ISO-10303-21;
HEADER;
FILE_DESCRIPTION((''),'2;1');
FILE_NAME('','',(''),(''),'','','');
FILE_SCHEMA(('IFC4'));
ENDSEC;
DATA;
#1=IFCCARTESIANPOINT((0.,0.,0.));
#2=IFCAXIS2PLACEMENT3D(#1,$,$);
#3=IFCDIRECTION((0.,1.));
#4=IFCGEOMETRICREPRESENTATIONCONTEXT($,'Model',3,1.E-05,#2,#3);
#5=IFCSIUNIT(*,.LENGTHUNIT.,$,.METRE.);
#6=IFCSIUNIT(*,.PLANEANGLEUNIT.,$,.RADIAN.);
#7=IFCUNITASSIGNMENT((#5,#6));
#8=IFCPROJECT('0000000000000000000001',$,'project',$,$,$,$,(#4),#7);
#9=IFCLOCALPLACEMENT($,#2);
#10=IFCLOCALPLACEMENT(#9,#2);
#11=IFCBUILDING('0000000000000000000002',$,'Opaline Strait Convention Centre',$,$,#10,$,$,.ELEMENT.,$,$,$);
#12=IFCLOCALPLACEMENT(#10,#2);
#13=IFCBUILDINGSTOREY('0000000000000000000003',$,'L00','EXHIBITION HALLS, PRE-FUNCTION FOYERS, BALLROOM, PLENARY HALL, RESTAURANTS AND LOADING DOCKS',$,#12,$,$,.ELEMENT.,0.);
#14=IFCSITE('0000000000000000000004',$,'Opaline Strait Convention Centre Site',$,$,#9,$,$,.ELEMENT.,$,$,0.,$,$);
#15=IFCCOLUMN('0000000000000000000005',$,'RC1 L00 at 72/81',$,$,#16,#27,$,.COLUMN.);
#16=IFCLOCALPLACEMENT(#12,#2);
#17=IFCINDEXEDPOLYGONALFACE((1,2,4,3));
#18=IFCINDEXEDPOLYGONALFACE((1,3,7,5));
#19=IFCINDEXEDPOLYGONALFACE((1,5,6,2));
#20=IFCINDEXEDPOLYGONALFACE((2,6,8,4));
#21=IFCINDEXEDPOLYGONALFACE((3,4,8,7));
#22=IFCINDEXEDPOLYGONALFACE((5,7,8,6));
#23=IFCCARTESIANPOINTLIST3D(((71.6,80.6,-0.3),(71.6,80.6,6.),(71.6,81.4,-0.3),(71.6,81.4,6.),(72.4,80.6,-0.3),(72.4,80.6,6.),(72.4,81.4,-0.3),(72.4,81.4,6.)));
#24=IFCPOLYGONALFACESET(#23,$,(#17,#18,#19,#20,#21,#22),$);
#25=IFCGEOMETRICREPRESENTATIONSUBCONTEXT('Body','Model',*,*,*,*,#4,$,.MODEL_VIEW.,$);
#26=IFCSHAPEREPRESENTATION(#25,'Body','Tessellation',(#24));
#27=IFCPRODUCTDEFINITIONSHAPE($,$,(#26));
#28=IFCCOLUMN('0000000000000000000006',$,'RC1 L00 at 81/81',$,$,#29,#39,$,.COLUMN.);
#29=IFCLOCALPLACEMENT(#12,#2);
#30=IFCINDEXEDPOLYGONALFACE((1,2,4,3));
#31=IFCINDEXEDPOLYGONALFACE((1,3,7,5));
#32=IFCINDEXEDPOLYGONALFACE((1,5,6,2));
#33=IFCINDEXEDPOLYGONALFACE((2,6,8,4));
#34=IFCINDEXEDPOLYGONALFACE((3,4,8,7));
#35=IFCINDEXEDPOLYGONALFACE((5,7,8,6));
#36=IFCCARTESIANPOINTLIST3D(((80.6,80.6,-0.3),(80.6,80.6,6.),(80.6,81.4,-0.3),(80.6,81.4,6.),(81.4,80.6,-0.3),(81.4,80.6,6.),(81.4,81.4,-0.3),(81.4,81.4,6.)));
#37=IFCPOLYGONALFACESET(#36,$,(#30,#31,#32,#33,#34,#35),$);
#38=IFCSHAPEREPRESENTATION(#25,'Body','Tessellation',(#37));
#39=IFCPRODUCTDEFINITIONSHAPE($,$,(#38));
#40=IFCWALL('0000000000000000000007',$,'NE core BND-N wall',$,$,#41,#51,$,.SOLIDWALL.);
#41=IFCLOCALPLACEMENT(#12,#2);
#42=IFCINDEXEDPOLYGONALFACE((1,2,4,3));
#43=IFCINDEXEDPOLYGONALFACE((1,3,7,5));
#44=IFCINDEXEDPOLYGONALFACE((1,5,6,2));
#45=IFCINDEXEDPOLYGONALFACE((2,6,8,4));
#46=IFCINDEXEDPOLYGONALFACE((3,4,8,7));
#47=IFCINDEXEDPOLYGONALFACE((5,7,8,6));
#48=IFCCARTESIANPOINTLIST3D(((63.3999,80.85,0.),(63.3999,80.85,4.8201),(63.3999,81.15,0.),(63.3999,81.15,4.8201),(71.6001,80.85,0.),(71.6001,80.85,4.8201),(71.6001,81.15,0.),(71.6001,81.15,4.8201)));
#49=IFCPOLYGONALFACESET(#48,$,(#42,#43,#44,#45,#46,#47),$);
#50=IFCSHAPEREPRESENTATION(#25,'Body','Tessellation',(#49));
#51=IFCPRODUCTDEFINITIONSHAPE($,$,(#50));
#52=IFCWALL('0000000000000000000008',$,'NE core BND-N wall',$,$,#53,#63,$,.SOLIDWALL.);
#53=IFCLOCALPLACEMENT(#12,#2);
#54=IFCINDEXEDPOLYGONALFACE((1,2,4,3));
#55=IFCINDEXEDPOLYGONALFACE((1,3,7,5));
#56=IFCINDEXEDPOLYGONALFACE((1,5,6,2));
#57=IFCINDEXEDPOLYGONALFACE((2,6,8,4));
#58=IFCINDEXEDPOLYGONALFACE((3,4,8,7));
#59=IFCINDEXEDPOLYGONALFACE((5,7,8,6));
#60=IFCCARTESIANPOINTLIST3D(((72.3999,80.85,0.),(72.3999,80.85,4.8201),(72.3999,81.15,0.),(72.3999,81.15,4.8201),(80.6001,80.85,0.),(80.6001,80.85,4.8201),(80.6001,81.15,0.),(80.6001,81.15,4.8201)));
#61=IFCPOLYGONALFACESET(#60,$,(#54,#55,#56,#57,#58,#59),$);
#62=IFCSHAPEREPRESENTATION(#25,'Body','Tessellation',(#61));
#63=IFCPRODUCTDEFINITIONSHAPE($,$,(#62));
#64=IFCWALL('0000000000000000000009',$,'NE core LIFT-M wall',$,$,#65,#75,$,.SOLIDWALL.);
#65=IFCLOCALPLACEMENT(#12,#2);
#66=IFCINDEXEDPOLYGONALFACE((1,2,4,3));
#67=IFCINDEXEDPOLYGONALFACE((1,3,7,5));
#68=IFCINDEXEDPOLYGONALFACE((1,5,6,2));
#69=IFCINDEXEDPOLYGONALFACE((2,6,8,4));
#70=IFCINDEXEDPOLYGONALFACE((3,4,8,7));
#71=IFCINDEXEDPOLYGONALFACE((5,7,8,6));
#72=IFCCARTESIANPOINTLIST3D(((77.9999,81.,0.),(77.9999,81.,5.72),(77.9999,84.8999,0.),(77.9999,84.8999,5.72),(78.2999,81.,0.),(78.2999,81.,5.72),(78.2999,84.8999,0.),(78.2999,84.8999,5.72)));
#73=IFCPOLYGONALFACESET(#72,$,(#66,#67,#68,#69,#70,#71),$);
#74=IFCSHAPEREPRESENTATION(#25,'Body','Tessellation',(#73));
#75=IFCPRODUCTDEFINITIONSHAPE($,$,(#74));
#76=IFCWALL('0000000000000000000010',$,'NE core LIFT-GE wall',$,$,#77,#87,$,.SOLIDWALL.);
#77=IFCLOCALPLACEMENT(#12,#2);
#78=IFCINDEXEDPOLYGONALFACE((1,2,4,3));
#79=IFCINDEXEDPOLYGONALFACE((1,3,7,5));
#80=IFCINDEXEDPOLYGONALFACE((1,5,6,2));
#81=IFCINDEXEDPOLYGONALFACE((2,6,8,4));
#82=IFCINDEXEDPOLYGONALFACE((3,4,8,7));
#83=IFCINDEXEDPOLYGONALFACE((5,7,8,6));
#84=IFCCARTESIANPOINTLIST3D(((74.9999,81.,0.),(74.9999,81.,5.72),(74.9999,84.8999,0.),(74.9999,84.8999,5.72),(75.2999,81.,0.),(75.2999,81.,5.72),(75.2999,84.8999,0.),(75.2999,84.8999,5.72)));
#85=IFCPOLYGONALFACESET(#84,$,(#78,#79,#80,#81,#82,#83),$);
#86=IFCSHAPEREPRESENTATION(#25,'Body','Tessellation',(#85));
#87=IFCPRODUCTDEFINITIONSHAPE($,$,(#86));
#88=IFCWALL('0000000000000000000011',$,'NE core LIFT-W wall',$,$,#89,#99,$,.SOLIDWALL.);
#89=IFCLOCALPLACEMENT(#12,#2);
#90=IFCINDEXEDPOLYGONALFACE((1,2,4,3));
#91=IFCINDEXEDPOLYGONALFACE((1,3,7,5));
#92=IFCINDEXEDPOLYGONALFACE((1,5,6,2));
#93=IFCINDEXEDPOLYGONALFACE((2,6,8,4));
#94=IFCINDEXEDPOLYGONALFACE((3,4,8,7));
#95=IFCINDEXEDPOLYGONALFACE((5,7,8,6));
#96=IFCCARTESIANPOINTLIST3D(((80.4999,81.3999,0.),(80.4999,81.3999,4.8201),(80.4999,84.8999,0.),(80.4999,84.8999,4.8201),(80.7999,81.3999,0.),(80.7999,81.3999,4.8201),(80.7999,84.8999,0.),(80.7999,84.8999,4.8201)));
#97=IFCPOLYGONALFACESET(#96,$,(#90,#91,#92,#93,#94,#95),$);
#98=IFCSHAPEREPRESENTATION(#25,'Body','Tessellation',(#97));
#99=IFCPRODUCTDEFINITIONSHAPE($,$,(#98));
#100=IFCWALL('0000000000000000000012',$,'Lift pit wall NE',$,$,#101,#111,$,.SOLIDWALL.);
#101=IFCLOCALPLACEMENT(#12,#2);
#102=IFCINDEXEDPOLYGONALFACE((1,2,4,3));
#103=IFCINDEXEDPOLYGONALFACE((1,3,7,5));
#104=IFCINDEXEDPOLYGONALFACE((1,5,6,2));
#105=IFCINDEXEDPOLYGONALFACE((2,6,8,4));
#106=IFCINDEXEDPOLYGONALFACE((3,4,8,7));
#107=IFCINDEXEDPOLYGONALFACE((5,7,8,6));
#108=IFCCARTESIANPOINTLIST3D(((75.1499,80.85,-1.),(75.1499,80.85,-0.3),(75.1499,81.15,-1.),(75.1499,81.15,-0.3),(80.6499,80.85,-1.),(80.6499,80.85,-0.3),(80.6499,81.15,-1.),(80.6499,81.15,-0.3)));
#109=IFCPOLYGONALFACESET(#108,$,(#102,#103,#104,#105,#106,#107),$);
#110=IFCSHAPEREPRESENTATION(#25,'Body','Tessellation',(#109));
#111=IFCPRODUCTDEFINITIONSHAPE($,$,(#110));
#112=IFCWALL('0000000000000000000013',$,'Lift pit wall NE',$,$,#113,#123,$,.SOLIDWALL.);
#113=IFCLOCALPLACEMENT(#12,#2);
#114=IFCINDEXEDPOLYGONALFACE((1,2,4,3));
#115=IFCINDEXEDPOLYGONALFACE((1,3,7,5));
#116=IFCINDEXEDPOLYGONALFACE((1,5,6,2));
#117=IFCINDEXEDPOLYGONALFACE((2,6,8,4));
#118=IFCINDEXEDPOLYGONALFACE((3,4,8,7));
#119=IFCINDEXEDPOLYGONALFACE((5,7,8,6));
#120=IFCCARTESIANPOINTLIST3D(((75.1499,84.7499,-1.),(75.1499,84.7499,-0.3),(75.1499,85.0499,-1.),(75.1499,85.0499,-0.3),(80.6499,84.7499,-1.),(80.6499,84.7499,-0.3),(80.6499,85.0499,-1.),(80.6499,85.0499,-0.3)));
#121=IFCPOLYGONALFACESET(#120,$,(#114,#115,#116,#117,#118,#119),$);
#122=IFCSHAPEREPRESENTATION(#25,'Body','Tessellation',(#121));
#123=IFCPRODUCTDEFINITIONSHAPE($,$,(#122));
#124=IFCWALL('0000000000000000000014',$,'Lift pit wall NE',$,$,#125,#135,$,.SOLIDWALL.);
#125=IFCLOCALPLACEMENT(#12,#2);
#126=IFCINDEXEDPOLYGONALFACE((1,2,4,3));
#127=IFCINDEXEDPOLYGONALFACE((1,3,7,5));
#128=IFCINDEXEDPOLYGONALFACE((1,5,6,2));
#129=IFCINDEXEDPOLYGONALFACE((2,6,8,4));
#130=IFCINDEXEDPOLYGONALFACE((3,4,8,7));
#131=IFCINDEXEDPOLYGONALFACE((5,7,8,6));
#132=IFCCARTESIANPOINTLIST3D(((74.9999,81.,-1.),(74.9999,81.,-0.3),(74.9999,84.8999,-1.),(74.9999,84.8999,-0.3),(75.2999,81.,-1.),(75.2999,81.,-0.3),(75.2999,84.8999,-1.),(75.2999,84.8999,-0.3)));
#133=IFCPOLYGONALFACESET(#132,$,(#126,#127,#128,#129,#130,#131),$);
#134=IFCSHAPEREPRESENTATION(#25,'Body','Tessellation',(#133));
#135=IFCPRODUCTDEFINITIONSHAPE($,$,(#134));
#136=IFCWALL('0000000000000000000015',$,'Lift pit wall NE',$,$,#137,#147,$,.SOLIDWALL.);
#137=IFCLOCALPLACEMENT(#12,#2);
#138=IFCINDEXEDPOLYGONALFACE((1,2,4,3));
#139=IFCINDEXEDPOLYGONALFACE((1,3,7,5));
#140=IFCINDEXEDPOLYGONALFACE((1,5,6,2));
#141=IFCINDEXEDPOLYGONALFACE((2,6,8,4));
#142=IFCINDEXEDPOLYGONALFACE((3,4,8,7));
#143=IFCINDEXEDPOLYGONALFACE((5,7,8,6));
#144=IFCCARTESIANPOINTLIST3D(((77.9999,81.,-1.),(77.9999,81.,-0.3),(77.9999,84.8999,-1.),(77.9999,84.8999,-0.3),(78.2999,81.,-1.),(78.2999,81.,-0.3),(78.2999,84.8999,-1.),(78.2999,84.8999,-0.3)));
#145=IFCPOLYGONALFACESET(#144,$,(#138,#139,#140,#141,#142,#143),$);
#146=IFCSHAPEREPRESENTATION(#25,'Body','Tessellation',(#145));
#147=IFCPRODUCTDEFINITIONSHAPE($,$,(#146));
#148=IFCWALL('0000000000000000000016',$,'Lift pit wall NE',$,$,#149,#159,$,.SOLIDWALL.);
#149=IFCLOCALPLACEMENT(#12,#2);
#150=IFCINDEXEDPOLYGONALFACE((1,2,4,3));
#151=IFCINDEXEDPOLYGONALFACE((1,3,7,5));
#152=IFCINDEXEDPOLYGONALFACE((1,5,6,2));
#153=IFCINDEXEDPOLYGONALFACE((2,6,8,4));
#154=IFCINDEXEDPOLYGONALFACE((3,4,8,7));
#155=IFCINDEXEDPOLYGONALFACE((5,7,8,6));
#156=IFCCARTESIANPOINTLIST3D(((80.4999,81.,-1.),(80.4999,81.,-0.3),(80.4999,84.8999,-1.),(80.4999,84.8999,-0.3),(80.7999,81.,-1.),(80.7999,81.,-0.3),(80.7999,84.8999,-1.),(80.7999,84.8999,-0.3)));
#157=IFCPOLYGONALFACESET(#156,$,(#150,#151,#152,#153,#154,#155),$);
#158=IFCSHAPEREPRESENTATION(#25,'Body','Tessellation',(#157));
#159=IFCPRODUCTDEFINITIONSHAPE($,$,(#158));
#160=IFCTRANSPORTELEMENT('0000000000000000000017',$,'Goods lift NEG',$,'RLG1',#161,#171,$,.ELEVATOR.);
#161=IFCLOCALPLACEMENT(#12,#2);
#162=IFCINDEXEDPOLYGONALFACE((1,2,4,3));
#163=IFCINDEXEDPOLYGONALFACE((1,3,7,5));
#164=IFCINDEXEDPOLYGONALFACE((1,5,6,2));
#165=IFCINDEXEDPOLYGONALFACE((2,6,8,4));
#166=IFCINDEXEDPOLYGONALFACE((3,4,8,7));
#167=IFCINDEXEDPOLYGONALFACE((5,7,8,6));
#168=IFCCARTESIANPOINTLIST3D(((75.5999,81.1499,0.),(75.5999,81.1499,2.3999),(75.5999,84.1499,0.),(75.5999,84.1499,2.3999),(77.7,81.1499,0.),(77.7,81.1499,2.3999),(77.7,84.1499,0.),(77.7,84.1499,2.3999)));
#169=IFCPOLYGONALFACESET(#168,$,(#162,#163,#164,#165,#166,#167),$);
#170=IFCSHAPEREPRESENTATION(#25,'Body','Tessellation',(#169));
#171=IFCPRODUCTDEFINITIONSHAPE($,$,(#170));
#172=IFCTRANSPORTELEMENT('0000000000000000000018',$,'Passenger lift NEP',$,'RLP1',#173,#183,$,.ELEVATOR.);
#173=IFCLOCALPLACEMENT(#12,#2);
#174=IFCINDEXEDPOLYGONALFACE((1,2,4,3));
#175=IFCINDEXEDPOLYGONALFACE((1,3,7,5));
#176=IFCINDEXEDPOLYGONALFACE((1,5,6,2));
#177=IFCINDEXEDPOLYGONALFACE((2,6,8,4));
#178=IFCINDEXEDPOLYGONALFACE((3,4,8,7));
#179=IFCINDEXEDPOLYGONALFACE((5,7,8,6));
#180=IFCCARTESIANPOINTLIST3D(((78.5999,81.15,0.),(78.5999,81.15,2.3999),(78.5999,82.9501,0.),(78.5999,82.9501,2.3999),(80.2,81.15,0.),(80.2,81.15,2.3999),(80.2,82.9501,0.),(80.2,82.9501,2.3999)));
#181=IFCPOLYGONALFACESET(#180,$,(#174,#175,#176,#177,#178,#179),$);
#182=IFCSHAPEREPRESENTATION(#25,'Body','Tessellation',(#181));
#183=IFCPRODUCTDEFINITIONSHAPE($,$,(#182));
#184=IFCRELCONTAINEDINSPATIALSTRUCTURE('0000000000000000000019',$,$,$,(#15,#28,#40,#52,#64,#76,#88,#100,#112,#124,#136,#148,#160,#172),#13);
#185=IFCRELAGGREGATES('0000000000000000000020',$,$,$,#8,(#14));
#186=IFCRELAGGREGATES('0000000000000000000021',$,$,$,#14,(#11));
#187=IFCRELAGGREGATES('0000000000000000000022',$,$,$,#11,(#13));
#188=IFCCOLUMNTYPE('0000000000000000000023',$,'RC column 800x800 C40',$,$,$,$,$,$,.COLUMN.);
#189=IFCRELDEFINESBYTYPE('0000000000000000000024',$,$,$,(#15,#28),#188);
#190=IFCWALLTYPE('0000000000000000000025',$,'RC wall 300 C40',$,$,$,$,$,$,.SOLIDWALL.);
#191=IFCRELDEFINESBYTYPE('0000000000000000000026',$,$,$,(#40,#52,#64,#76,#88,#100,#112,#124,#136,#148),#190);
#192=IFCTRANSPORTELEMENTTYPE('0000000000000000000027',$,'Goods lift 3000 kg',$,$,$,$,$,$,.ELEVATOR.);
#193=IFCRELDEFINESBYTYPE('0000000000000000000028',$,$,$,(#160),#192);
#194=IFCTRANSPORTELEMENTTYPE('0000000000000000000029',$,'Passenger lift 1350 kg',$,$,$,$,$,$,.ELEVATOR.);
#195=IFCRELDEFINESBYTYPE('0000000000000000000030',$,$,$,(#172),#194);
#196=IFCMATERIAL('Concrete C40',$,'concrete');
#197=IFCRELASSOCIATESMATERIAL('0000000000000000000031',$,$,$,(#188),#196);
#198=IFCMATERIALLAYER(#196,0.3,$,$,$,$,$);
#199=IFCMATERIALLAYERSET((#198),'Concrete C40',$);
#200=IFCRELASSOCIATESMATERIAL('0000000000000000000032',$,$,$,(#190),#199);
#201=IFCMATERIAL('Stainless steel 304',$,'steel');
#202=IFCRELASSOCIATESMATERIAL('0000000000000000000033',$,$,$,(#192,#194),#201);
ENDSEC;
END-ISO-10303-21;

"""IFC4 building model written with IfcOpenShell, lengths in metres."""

from ifc_helpers import new_model, si_unit, direction, frame, frame_2d, origin, origin_2d, place, context, subcontext, project, spatial, rectangle, extrude, material, layer, layer_set, material_profile, profile_set, type_object, element, save


model = new_model("IFC4")

# Units and contexts
model_context = context("Model", 3, precision=1e-05, world=origin(), true_north=direction((0.0, 1.0)))
body_context = subcontext(model_context, "Body", "Model", "MODEL_VIEW")
ifc_project = project(units=[si_unit("LENGTHUNIT", "METRE"), si_unit("PLANEANGLEUNIT", "RADIAN")], contexts=[model_context])

# Site, building, storey
site_placement = place(None, origin())
site = spatial("IfcSite", under=ifc_project, at=site_placement, Name="Opaline Strait Convention Centre Site", CompositionType="ELEMENT", RefElevation=0.0)
building_placement = place(site_placement, origin())
building = spatial("IfcBuilding", under=site, at=building_placement, Name="Opaline Strait Convention Centre", CompositionType="ELEMENT")
storey_placement = place(building_placement, origin())
storey = spatial("IfcBuildingStorey", under=building, at=storey_placement, Name="L00", Description="EXHIBITION HALLS, PRE-FUNCTION FOYERS, BALLROOM, PLENARY HALL, RESTAURANTS AND LOADING DOCKS", CompositionType="ELEMENT", Elevation=0.0)

# Columns
ifc_material_1 = material(Name="Concrete C40", Category="concrete")
ifc_material_profile_1 = material_profile(ifc_material_1, rectangle(XDim=0.8, YDim=0.8, at=origin_2d()), Name="RC 800x800")
ifc_profile_set_1 = profile_set([ifc_material_profile_1], Name="Concrete C40")
column_type = type_object("IfcColumnType", Name="RC column 800x800 C40", PredefinedType="COLUMN", material=ifc_profile_set_1)
for number, where, z_axis, x_axis, name in (
    (1, (72.0, 81.0, -0.3), (0.0, 0.0, 1.0), (1.0, 0.0, 0.0), "RC1 L00 at 72/81"),
    (2, (81.0, 81.0, -0.3), (0.0, 0.0, 1.0), (1.0, 0.0, 0.0), "RC1 L00 at 81/81"),
):
    element("IfcColumn", number, at=place(storey_placement, frame(where, z_axis=z_axis, x_axis=x_axis)), inside=storey, type_object=column_type, Name=name, PredefinedType="COLUMN", context=body_context, shape_type="SweptSolid", body=[
        extrude(rectangle(XDim=0.8, YDim=0.8, at=origin_2d()), origin(), (0.0, 0.0, 1.0), 6.3),
    ])

# Walls
ifc_layer_1 = layer(ifc_material_1, 0.3)
ifc_layer_set_1 = layer_set([ifc_layer_1], Name="Concrete C40")
wall_type_1 = type_object("IfcWallType", Name="RC wall 300 C40", PredefinedType="SOLIDWALL", material=ifc_layer_set_1)
for number, where, z_axis, x_axis, name in (
    (3, (71.6001, 81.0, 0.0), (0.0, 0.0, 1.0), (-1.0, 0.0, 0.0), "NE core BND-N wall"),
    (4, (80.6001, 81.0, 0.0), (0.0, 0.0, 1.0), (-1.0, 0.0, 0.0), "NE core BND-N wall"),
):
    element("IfcWall", number, at=place(storey_placement, frame(where, z_axis=z_axis, x_axis=x_axis)), inside=storey, type_object=wall_type_1, Name=name, PredefinedType="SOLIDWALL", context=body_context, shape_type="SweptSolid", body=[
        extrude(rectangle(XDim=8.2002, YDim=0.3, at=frame_2d((4.1001, 0.0))), origin(), (0.0, 0.0, 1.0), 4.8201),
    ])

# Walls
for number, where, z_axis, x_axis, name in (
    (5, (78.1499, 84.8999, 0.0), (0.0, 0.0, 1.0), (0.0, -1.0, 0.0), "NE core LIFT-M wall"),
    (6, (75.1499, 84.8999, 0.0), (0.0, 0.0, 1.0), (0.0, -1.0, 0.0), "NE core LIFT-GE wall"),
):
    element("IfcWall", number, at=place(storey_placement, frame(where, z_axis=z_axis, x_axis=x_axis)), inside=storey, type_object=wall_type_1, Name=name, PredefinedType="SOLIDWALL", context=body_context, shape_type="SweptSolid", body=[
        extrude(rectangle(XDim=3.8999, YDim=0.3, at=frame_2d((1.95, 0.0))), origin(), (0.0, 0.0, 1.0), 5.72),
    ])
wall_1_placement = place(storey_placement, frame((80.6499, 84.8999, 0.0), z_axis=(0.0, 0.0, 1.0), x_axis=(0.0, -1.0, 0.0)))
element("IfcWall", 7, at=wall_1_placement, inside=storey, type_object=wall_type_1, Name="NE core LIFT-W wall", PredefinedType="SOLIDWALL", context=body_context, shape_type="SweptSolid", body=[
    extrude(rectangle(XDim=3.5, YDim=0.3, at=frame_2d((1.75, 0.0))), origin(), (0.0, 0.0, 1.0), 4.8201),
])
for number, where, z_axis, x_axis, name in (
    (8, (75.1499, 81.0, -1.0), (0.0, 0.0, 1.0), (1.0, 0.0, 0.0), "Lift pit wall NE"),
    (9, (75.1499, 84.8999, -1.0), (0.0, 0.0, 1.0), (1.0, 0.0, 0.0), "Lift pit wall NE"),
):
    element("IfcWall", number, at=place(storey_placement, frame(where, z_axis=z_axis, x_axis=x_axis)), inside=storey, type_object=wall_type_1, Name=name, PredefinedType="SOLIDWALL", context=body_context, shape_type="SweptSolid", body=[
        extrude(rectangle(XDim=5.5, YDim=0.3, at=frame_2d((2.75, 0.0))), origin(), (0.0, 0.0, 1.0), 0.7),
    ])
for number, where, z_axis, x_axis, name in (
    (10, (75.1499, 81.0, -1.0), (0.0, 0.0, 1.0), (0.0, 1.0, 0.0), "Lift pit wall NE"),
    (11, (78.1499, 81.0, -1.0), (0.0, 0.0, 1.0), (0.0, 1.0, 0.0), "Lift pit wall NE"),
    (12, (80.6499, 81.0, -1.0), (0.0, 0.0, 1.0), (0.0, 1.0, 0.0), "Lift pit wall NE"),
):
    element("IfcWall", number, at=place(storey_placement, frame(where, z_axis=z_axis, x_axis=x_axis)), inside=storey, type_object=wall_type_1, Name=name, PredefinedType="SOLIDWALL", context=body_context, shape_type="SweptSolid", body=[
        extrude(rectangle(XDim=3.8999, YDim=0.3, at=frame_2d((1.95, 0.0))), origin(), (0.0, 0.0, 1.0), 0.7),
    ])

# Transport elements
ifc_material_2 = material(Name="Stainless steel 304", Category="steel")
transport_element_type_1 = type_object("IfcTransportElementType", Name="Goods lift 3000 kg", PredefinedType="ELEVATOR", material=ifc_material_2)
transport_element_1_placement = place(storey_placement, frame((76.6499, 82.6499, 0.0), z_axis=(0.0, 0.0, 1.0), x_axis=(1.0, 0.0, 0.0)))
element("IfcTransportElement", 13, at=transport_element_1_placement, inside=storey, type_object=transport_element_type_1, Name="Goods lift NEG", ObjectType="RLG1", PredefinedType="ELEVATOR", context=body_context, shape_type="SweptSolid", body=[
    extrude(rectangle(XDim=2.1001, YDim=3.0, at=origin_2d()), origin(), (0.0, 0.0, 1.0), 2.3999),
])
transport_element_type_2 = type_object("IfcTransportElementType", Name="Passenger lift 1350 kg", PredefinedType="ELEVATOR", material=ifc_material_2)
transport_element_2_placement = place(storey_placement, frame((79.3999, 82.05, 0.0), z_axis=(0.0, 0.0, 1.0), x_axis=(1.0, 0.0, 0.0)))
element("IfcTransportElement", 14, at=transport_element_2_placement, inside=storey, type_object=transport_element_type_2, Name="Passenger lift NEP", ObjectType="RLP1", PredefinedType="ELEVATOR", context=body_context, shape_type="SweptSolid", body=[
    extrude(rectangle(XDim=1.6001, YDim=1.8, at=origin_2d()), origin(), (0.0, 0.0, 1.0), 2.3999),
])

save(model, "model.ifc")
